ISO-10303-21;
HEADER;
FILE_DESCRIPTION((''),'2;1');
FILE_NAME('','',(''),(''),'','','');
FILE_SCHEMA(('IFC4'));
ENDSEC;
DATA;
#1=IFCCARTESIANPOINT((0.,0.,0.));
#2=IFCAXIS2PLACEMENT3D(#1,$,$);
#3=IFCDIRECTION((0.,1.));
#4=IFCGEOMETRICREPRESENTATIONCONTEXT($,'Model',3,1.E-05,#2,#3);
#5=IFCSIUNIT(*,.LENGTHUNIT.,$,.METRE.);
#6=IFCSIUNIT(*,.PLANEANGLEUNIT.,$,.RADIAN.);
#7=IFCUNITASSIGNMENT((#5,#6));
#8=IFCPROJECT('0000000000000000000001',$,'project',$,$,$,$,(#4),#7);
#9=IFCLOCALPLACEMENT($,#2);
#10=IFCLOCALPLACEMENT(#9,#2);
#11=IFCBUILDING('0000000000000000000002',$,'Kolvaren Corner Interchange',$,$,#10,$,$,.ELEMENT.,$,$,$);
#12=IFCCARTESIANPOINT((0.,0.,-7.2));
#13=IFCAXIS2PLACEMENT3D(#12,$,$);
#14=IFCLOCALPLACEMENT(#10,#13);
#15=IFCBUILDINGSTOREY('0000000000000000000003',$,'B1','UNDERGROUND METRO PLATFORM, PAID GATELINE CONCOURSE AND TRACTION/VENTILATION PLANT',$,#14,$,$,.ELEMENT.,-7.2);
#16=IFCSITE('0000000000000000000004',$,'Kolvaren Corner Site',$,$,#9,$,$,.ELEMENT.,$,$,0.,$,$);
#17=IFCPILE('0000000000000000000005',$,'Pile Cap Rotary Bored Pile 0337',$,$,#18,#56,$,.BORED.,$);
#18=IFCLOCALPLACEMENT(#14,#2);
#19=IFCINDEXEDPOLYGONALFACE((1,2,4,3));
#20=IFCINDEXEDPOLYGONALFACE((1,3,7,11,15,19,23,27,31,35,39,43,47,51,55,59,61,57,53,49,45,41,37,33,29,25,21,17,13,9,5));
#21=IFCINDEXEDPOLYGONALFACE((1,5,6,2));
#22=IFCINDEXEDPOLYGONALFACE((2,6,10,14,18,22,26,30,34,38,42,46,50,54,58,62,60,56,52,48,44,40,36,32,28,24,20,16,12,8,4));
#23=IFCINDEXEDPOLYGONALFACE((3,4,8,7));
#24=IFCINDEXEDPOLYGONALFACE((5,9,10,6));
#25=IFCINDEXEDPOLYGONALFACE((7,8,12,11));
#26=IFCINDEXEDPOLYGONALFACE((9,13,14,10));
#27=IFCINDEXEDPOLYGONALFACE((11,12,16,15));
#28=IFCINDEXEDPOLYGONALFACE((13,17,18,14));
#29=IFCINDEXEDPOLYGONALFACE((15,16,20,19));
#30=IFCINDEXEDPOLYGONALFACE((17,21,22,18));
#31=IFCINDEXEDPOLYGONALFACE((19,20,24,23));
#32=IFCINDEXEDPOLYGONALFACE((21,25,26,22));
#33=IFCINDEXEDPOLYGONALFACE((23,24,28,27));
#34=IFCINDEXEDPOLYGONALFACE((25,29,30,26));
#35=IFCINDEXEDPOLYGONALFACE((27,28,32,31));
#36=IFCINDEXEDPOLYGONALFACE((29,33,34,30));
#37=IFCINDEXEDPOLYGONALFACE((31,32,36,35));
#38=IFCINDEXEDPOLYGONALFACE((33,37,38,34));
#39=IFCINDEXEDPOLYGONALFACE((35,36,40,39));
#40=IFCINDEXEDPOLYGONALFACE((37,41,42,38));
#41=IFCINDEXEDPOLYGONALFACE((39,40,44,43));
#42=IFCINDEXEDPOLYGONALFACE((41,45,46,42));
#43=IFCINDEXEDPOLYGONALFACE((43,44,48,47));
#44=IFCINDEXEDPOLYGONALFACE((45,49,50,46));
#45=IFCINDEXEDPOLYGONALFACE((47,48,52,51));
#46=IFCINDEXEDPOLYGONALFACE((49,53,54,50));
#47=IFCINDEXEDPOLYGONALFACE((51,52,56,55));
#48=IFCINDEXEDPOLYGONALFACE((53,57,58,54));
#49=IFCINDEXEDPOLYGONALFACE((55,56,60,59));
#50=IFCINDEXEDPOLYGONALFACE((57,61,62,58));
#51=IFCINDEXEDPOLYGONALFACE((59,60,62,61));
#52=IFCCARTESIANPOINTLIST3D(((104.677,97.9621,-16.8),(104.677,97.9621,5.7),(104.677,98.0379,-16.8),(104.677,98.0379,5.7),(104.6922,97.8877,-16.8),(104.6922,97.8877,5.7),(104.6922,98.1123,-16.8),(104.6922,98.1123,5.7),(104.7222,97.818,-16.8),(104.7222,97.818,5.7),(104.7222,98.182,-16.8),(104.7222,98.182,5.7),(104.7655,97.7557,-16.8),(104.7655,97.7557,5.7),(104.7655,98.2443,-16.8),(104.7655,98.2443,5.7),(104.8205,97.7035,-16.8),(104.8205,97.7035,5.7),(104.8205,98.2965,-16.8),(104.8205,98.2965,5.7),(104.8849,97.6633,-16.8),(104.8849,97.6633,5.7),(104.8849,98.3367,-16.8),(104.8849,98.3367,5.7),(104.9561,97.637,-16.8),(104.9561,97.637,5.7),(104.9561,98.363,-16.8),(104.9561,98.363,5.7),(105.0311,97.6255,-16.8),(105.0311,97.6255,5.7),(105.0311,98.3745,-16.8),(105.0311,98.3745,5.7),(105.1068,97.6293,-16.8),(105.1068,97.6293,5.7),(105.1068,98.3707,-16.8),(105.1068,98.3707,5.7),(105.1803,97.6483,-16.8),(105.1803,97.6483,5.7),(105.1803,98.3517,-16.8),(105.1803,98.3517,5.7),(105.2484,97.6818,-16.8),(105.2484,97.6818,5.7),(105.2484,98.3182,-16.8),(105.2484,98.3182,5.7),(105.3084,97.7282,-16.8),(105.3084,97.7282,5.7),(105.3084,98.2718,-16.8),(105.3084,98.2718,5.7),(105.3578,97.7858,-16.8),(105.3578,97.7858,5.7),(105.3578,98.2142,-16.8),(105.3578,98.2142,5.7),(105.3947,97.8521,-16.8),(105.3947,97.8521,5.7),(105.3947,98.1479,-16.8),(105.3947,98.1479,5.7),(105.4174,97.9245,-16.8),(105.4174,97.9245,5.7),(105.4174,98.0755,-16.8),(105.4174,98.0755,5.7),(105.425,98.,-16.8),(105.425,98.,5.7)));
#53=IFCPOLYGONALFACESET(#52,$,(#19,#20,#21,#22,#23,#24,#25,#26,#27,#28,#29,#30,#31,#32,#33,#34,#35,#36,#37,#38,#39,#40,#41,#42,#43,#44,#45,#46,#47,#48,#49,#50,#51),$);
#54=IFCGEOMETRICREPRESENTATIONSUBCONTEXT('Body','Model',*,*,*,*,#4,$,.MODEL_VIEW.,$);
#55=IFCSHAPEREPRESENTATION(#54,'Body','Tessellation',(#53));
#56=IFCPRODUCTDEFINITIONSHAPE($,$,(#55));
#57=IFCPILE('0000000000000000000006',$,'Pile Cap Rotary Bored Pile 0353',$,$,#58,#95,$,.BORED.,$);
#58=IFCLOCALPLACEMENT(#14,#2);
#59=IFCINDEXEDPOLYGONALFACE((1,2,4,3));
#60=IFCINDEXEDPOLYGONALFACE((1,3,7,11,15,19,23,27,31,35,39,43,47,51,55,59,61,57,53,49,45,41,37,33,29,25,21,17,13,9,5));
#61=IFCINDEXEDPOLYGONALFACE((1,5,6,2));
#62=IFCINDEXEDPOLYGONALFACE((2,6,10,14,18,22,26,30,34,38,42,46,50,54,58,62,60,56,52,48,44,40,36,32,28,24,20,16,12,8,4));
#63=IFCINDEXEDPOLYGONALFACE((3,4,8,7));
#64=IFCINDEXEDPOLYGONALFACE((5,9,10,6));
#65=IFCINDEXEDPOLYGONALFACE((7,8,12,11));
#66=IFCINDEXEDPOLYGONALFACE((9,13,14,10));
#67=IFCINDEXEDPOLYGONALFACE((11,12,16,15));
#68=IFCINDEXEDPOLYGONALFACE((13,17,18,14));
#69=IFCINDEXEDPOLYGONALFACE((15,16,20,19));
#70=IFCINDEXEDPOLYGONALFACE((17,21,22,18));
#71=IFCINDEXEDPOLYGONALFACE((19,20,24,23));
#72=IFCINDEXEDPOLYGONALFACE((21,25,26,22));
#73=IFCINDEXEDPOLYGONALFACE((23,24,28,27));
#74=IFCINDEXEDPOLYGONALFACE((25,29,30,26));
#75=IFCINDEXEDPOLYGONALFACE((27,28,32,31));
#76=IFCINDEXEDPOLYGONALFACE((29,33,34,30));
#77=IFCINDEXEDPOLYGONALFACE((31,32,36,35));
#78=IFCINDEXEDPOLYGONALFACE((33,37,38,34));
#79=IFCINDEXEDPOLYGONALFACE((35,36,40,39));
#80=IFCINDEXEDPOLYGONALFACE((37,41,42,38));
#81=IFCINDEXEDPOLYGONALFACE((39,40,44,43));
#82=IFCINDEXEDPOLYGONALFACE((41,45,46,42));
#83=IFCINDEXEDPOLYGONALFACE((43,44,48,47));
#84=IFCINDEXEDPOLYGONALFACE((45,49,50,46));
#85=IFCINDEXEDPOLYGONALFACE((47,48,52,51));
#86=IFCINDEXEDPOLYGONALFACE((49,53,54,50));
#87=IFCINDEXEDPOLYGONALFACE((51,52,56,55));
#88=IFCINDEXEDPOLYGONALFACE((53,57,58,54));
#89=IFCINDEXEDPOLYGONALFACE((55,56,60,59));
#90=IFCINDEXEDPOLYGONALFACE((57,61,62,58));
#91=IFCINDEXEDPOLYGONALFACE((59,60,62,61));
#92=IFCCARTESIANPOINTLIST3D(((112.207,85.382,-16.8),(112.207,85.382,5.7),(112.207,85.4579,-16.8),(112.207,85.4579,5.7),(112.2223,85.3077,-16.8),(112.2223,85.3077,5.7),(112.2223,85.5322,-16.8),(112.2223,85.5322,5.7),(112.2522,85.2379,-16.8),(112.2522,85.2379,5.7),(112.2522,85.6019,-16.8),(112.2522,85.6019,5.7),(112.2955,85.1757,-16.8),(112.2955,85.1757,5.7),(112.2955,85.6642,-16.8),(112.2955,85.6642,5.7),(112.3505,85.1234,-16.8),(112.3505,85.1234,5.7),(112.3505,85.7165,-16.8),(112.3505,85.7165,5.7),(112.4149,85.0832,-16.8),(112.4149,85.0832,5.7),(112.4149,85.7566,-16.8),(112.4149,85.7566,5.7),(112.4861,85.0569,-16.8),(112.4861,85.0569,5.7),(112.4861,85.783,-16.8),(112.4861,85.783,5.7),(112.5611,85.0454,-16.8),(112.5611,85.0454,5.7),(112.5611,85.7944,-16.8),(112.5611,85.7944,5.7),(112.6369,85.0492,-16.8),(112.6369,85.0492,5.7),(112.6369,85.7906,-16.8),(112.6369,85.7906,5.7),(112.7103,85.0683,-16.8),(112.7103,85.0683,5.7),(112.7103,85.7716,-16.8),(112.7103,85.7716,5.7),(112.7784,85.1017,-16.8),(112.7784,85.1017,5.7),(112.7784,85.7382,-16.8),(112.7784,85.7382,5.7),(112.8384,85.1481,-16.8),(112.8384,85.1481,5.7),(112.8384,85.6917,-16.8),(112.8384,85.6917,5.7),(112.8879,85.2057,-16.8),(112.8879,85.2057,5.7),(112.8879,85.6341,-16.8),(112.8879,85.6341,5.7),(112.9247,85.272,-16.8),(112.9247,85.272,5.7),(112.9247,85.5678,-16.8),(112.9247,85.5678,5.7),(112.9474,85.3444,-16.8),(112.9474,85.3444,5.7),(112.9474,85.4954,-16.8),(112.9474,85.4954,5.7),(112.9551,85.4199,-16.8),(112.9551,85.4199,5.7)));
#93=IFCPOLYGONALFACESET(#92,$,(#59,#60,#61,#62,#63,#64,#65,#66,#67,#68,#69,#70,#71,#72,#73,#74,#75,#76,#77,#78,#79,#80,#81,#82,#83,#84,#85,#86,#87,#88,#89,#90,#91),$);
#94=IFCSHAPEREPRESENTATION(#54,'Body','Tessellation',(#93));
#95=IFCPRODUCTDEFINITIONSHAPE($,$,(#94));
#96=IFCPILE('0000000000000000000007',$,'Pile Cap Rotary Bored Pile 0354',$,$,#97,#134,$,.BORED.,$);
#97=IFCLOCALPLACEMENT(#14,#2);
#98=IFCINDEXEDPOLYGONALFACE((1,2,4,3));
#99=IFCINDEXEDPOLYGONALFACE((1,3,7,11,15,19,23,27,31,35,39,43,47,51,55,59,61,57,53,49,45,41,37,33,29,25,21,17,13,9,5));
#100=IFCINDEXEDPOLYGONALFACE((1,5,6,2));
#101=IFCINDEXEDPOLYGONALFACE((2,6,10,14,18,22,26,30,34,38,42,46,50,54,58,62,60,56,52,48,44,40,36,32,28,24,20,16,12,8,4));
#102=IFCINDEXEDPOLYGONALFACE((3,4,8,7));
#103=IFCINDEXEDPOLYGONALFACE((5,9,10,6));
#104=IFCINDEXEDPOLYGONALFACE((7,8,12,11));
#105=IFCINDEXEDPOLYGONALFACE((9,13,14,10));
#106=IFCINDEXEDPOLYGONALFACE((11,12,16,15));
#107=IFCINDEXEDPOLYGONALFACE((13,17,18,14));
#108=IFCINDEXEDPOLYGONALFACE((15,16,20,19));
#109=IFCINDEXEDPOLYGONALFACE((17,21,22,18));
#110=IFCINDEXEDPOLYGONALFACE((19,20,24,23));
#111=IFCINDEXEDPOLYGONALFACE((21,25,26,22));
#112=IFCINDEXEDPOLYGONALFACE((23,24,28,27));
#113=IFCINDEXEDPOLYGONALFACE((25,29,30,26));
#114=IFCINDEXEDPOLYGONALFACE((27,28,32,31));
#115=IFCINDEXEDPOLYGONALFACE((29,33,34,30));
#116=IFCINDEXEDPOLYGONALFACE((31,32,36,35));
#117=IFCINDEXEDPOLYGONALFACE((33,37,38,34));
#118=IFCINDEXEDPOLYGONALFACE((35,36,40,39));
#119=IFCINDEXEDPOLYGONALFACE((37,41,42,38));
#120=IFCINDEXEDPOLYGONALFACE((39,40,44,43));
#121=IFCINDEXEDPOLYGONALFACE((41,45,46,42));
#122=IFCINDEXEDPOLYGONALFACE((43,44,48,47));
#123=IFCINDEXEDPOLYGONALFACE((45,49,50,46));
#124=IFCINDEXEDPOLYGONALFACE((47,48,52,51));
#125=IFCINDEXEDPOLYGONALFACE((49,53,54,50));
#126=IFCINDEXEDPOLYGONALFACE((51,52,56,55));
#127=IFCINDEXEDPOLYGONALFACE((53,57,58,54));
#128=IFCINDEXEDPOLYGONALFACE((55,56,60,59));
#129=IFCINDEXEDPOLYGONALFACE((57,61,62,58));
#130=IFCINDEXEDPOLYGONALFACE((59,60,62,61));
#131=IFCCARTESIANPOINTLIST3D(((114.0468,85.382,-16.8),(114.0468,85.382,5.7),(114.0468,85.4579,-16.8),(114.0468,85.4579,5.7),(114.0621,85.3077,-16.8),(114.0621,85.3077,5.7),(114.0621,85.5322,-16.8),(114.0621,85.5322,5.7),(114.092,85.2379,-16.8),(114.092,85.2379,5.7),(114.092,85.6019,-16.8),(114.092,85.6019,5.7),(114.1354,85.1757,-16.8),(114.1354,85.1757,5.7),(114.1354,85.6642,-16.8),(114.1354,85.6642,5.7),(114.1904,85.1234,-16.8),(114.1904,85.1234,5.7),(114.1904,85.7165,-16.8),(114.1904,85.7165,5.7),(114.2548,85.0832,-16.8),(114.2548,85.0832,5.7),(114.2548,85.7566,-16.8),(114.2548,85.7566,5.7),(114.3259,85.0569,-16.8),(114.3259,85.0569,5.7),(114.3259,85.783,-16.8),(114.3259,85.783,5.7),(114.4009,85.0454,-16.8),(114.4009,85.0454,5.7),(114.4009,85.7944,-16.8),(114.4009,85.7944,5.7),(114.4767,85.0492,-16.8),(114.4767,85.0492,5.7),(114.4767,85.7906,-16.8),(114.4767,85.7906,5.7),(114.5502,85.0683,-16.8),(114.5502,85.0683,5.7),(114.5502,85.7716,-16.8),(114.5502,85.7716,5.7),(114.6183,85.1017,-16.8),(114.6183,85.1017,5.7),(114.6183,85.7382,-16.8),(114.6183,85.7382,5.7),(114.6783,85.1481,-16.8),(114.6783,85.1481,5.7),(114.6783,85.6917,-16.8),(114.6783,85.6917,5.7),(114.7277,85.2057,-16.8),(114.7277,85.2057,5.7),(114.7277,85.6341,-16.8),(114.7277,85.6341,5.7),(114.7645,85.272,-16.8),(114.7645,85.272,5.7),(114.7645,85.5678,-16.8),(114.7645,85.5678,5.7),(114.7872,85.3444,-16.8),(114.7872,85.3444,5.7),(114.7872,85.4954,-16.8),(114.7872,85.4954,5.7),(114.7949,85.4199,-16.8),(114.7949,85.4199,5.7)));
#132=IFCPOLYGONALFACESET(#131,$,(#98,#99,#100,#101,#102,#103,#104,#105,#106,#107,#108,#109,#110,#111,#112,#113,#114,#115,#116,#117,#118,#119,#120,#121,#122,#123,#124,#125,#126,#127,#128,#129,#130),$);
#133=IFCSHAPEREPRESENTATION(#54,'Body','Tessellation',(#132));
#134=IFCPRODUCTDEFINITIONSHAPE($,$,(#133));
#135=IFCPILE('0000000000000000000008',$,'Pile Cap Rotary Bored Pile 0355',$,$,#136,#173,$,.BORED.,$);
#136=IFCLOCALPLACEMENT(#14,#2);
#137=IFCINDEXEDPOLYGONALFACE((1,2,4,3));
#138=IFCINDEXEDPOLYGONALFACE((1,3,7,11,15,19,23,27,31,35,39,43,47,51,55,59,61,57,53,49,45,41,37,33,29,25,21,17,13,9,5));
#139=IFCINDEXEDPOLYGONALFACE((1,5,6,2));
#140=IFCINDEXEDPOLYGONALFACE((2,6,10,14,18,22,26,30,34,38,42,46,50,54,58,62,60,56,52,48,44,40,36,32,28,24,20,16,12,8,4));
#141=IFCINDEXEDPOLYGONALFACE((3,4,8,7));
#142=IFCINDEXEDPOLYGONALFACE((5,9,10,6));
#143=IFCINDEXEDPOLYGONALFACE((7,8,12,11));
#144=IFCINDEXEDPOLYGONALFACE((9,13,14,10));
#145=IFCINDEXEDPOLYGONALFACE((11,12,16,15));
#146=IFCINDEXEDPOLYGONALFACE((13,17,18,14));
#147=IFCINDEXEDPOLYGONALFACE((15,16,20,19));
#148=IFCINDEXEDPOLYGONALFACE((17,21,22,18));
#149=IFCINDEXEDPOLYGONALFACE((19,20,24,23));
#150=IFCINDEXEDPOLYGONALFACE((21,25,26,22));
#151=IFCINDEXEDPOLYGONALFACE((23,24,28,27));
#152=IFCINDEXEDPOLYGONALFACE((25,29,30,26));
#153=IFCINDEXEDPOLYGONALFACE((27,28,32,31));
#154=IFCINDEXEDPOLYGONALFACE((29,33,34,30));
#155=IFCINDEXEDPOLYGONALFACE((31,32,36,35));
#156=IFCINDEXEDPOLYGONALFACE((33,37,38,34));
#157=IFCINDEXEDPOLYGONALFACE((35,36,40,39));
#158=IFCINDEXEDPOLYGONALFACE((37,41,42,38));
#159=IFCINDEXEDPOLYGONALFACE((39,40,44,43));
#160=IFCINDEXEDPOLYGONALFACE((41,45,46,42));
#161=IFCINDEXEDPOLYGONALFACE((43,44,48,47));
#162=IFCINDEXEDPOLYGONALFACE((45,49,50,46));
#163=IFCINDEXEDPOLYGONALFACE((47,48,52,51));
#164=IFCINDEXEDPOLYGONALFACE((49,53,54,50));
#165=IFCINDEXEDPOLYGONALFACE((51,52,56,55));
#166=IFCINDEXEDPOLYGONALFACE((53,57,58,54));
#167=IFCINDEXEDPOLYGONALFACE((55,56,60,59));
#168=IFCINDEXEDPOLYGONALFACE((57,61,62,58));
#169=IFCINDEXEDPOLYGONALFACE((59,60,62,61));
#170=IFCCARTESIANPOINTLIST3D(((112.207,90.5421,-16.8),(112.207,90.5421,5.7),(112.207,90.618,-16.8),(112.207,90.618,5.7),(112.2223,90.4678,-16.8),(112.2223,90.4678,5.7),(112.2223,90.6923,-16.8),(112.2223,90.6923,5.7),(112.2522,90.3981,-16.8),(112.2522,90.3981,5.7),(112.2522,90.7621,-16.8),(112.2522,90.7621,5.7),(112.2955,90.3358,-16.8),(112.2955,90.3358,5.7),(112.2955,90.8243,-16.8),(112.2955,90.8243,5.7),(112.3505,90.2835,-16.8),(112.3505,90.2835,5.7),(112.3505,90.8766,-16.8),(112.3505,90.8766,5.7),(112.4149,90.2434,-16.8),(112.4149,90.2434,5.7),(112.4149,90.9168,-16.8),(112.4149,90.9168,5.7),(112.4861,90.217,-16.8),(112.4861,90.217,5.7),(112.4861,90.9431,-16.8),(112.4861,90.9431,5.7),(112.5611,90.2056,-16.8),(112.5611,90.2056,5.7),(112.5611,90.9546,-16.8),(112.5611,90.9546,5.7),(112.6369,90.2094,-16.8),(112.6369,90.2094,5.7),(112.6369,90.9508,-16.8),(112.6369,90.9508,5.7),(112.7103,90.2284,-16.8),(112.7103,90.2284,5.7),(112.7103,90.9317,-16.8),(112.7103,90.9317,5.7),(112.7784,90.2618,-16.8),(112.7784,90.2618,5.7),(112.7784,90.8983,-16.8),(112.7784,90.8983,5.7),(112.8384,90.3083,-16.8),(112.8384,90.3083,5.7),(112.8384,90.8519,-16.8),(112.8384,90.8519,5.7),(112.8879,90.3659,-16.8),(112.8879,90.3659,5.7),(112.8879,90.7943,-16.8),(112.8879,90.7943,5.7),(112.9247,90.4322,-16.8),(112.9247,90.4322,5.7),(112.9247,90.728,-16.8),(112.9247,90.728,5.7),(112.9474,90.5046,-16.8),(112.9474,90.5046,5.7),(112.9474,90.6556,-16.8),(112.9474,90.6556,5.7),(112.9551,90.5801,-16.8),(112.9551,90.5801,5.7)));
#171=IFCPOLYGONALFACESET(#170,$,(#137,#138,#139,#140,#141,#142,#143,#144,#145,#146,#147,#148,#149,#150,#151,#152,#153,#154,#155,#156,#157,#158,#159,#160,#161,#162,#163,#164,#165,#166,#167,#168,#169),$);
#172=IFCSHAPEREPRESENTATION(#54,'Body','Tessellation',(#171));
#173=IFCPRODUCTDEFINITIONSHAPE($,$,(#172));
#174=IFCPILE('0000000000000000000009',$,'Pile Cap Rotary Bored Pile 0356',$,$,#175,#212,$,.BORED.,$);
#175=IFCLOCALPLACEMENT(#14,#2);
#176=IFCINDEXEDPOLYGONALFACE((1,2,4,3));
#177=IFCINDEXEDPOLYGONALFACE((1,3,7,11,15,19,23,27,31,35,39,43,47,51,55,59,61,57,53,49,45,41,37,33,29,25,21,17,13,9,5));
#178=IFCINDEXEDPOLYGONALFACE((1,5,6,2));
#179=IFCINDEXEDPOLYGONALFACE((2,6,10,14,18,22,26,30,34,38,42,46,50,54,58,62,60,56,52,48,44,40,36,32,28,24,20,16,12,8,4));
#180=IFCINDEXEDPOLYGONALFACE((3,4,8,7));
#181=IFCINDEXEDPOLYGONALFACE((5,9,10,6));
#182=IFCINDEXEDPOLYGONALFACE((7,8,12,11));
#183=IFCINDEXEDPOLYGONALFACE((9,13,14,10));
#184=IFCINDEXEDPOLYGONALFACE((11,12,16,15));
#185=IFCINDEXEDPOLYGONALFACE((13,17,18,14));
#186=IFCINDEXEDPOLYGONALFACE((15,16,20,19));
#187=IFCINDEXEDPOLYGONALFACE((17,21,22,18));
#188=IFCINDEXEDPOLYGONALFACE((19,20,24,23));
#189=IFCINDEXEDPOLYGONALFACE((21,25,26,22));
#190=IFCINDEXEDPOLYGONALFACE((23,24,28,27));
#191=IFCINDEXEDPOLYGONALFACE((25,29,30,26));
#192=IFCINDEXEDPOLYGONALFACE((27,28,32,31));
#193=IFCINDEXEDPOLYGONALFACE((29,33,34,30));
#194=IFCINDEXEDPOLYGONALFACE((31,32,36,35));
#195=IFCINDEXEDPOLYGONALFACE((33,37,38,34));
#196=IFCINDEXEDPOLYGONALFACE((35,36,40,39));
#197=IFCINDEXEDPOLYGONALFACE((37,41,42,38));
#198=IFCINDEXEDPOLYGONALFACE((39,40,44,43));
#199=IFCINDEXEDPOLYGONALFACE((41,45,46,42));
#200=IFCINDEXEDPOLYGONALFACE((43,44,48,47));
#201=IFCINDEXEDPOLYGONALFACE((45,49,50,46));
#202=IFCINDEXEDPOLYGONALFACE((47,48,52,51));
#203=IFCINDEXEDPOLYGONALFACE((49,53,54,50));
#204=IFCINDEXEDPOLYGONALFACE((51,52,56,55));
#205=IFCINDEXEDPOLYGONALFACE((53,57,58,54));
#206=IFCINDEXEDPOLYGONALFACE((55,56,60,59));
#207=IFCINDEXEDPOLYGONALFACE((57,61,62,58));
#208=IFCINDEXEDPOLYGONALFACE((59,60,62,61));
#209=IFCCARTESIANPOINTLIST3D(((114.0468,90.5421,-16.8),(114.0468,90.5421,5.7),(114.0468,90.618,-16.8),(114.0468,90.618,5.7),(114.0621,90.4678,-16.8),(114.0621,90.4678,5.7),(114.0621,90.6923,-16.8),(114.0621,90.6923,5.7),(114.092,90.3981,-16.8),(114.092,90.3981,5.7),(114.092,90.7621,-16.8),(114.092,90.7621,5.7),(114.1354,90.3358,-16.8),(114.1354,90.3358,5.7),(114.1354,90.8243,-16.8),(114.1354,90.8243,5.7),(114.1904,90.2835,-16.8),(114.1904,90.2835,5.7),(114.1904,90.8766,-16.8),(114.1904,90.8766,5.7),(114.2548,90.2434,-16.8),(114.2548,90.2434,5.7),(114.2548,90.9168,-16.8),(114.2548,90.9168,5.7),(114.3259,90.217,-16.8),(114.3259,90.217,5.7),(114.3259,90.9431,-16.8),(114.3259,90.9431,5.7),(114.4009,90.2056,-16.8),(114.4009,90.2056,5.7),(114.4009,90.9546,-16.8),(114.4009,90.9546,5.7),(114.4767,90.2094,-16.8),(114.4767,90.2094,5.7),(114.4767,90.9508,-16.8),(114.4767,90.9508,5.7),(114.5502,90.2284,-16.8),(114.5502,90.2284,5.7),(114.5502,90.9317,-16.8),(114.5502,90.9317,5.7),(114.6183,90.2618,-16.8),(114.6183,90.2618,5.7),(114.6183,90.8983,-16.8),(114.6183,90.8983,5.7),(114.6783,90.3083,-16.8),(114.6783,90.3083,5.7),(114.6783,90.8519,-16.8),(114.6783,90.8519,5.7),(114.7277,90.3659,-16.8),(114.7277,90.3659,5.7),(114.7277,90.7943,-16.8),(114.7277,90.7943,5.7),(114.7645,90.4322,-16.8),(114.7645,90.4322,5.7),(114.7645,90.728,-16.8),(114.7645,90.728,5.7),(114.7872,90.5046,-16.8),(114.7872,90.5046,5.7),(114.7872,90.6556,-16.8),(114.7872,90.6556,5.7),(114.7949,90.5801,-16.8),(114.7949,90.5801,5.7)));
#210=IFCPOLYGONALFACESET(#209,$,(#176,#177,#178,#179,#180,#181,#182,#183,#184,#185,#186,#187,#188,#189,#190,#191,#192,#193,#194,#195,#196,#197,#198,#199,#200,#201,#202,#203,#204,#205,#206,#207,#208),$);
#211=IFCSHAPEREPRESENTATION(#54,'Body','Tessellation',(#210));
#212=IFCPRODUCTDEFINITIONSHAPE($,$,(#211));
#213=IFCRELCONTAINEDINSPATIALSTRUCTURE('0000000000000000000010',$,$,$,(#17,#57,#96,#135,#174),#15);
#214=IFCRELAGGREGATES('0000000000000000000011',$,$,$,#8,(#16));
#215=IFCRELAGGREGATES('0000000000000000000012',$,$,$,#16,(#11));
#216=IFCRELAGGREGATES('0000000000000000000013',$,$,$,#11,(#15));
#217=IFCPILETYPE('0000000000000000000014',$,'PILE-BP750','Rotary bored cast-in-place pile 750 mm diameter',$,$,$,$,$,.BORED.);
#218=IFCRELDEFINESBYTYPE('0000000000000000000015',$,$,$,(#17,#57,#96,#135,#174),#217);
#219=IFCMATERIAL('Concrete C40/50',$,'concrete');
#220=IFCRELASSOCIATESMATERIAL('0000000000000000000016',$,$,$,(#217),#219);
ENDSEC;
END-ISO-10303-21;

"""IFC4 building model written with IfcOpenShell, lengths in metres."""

from ifc_helpers import new_model, si_unit, direction, frame, origin, origin_2d, place, context, subcontext, project, spatial, circle, extrude, material, material_profile, profile_set, type_object, element, save


model = new_model("IFC4")

# Units and contexts
model_context = context("Model", 3, precision=1e-05, world=origin(), true_north=direction((0.0, 1.0)))
body_context = subcontext(model_context, "Body", "Model", "MODEL_VIEW")
ifc_project = project(units=[si_unit("LENGTHUNIT", "METRE"), si_unit("PLANEANGLEUNIT", "RADIAN")], contexts=[model_context])

# Site, building, storey
site_placement = place(None, origin())
site = spatial("IfcSite", under=ifc_project, at=site_placement, Name="Kolvaren Corner Site", CompositionType="ELEMENT", RefElevation=0.0)
building_placement = place(site_placement, origin())
building = spatial("IfcBuilding", under=site, at=building_placement, Name="Kolvaren Corner Interchange", CompositionType="ELEMENT")
storey_placement = place(building_placement, frame((0.0, 0.0, -7.2)))
storey = spatial("IfcBuildingStorey", under=building, at=storey_placement, Name="B1", Description="UNDERGROUND METRO PLATFORM, PAID GATELINE CONCOURSE AND TRACTION/VENTILATION PLANT", CompositionType="ELEMENT", Elevation=-7.2)

# Piles
ifc_material_1 = material(Name="Concrete C40/50", Category="concrete")
ifc_material_profile_1 = material_profile(ifc_material_1, circle(Radius=0.375, at=origin_2d()), Name="BORED PILE 750")
ifc_profile_set_1 = profile_set([ifc_material_profile_1], Name="Concrete C40/50")
pile_type_1 = type_object("IfcPileType", Name="PILE-BP750", Description="Rotary bored cast-in-place pile 750 mm diameter", PredefinedType="BORED", material=ifc_profile_set_1)
for number, where, z_axis, x_axis, name in (
    (1, (105.05, 98.0, 5.7), (0.0, 0.0, -1.0), (1.0, 0.0, 0.0), "Pile Cap Rotary Bored Pile 0337"),
    (2, (112.5801, 85.4199, 5.7), (0.0, 0.0, -1.0), (1.0, 0.0, 0.0), "Pile Cap Rotary Bored Pile 0353"),
    (3, (114.4199, 85.4199, 5.7), (0.0, 0.0, -1.0), (1.0, 0.0, 0.0), "Pile Cap Rotary Bored Pile 0354"),
    (4, (112.5801, 90.5801, 5.7), (0.0, 0.0, -1.0), (1.0, 0.0, 0.0), "Pile Cap Rotary Bored Pile 0355"),
    (5, (114.4199, 90.5801, 5.7), (0.0, 0.0, -1.0), (1.0, 0.0, 0.0), "Pile Cap Rotary Bored Pile 0356"),
):
    element("IfcPile", number, at=place(storey_placement, frame(where, z_axis=z_axis, x_axis=x_axis)), inside=storey, type_object=pile_type_1, Name=name, PredefinedType="BORED", context=body_context, shape_type="SweptSolid", body=[
        extrude(circle(Radius=0.375, at=origin_2d()), origin(), (0.0, 0.0, 1.0), 22.5),
    ])

save(model, "model.ifc")
